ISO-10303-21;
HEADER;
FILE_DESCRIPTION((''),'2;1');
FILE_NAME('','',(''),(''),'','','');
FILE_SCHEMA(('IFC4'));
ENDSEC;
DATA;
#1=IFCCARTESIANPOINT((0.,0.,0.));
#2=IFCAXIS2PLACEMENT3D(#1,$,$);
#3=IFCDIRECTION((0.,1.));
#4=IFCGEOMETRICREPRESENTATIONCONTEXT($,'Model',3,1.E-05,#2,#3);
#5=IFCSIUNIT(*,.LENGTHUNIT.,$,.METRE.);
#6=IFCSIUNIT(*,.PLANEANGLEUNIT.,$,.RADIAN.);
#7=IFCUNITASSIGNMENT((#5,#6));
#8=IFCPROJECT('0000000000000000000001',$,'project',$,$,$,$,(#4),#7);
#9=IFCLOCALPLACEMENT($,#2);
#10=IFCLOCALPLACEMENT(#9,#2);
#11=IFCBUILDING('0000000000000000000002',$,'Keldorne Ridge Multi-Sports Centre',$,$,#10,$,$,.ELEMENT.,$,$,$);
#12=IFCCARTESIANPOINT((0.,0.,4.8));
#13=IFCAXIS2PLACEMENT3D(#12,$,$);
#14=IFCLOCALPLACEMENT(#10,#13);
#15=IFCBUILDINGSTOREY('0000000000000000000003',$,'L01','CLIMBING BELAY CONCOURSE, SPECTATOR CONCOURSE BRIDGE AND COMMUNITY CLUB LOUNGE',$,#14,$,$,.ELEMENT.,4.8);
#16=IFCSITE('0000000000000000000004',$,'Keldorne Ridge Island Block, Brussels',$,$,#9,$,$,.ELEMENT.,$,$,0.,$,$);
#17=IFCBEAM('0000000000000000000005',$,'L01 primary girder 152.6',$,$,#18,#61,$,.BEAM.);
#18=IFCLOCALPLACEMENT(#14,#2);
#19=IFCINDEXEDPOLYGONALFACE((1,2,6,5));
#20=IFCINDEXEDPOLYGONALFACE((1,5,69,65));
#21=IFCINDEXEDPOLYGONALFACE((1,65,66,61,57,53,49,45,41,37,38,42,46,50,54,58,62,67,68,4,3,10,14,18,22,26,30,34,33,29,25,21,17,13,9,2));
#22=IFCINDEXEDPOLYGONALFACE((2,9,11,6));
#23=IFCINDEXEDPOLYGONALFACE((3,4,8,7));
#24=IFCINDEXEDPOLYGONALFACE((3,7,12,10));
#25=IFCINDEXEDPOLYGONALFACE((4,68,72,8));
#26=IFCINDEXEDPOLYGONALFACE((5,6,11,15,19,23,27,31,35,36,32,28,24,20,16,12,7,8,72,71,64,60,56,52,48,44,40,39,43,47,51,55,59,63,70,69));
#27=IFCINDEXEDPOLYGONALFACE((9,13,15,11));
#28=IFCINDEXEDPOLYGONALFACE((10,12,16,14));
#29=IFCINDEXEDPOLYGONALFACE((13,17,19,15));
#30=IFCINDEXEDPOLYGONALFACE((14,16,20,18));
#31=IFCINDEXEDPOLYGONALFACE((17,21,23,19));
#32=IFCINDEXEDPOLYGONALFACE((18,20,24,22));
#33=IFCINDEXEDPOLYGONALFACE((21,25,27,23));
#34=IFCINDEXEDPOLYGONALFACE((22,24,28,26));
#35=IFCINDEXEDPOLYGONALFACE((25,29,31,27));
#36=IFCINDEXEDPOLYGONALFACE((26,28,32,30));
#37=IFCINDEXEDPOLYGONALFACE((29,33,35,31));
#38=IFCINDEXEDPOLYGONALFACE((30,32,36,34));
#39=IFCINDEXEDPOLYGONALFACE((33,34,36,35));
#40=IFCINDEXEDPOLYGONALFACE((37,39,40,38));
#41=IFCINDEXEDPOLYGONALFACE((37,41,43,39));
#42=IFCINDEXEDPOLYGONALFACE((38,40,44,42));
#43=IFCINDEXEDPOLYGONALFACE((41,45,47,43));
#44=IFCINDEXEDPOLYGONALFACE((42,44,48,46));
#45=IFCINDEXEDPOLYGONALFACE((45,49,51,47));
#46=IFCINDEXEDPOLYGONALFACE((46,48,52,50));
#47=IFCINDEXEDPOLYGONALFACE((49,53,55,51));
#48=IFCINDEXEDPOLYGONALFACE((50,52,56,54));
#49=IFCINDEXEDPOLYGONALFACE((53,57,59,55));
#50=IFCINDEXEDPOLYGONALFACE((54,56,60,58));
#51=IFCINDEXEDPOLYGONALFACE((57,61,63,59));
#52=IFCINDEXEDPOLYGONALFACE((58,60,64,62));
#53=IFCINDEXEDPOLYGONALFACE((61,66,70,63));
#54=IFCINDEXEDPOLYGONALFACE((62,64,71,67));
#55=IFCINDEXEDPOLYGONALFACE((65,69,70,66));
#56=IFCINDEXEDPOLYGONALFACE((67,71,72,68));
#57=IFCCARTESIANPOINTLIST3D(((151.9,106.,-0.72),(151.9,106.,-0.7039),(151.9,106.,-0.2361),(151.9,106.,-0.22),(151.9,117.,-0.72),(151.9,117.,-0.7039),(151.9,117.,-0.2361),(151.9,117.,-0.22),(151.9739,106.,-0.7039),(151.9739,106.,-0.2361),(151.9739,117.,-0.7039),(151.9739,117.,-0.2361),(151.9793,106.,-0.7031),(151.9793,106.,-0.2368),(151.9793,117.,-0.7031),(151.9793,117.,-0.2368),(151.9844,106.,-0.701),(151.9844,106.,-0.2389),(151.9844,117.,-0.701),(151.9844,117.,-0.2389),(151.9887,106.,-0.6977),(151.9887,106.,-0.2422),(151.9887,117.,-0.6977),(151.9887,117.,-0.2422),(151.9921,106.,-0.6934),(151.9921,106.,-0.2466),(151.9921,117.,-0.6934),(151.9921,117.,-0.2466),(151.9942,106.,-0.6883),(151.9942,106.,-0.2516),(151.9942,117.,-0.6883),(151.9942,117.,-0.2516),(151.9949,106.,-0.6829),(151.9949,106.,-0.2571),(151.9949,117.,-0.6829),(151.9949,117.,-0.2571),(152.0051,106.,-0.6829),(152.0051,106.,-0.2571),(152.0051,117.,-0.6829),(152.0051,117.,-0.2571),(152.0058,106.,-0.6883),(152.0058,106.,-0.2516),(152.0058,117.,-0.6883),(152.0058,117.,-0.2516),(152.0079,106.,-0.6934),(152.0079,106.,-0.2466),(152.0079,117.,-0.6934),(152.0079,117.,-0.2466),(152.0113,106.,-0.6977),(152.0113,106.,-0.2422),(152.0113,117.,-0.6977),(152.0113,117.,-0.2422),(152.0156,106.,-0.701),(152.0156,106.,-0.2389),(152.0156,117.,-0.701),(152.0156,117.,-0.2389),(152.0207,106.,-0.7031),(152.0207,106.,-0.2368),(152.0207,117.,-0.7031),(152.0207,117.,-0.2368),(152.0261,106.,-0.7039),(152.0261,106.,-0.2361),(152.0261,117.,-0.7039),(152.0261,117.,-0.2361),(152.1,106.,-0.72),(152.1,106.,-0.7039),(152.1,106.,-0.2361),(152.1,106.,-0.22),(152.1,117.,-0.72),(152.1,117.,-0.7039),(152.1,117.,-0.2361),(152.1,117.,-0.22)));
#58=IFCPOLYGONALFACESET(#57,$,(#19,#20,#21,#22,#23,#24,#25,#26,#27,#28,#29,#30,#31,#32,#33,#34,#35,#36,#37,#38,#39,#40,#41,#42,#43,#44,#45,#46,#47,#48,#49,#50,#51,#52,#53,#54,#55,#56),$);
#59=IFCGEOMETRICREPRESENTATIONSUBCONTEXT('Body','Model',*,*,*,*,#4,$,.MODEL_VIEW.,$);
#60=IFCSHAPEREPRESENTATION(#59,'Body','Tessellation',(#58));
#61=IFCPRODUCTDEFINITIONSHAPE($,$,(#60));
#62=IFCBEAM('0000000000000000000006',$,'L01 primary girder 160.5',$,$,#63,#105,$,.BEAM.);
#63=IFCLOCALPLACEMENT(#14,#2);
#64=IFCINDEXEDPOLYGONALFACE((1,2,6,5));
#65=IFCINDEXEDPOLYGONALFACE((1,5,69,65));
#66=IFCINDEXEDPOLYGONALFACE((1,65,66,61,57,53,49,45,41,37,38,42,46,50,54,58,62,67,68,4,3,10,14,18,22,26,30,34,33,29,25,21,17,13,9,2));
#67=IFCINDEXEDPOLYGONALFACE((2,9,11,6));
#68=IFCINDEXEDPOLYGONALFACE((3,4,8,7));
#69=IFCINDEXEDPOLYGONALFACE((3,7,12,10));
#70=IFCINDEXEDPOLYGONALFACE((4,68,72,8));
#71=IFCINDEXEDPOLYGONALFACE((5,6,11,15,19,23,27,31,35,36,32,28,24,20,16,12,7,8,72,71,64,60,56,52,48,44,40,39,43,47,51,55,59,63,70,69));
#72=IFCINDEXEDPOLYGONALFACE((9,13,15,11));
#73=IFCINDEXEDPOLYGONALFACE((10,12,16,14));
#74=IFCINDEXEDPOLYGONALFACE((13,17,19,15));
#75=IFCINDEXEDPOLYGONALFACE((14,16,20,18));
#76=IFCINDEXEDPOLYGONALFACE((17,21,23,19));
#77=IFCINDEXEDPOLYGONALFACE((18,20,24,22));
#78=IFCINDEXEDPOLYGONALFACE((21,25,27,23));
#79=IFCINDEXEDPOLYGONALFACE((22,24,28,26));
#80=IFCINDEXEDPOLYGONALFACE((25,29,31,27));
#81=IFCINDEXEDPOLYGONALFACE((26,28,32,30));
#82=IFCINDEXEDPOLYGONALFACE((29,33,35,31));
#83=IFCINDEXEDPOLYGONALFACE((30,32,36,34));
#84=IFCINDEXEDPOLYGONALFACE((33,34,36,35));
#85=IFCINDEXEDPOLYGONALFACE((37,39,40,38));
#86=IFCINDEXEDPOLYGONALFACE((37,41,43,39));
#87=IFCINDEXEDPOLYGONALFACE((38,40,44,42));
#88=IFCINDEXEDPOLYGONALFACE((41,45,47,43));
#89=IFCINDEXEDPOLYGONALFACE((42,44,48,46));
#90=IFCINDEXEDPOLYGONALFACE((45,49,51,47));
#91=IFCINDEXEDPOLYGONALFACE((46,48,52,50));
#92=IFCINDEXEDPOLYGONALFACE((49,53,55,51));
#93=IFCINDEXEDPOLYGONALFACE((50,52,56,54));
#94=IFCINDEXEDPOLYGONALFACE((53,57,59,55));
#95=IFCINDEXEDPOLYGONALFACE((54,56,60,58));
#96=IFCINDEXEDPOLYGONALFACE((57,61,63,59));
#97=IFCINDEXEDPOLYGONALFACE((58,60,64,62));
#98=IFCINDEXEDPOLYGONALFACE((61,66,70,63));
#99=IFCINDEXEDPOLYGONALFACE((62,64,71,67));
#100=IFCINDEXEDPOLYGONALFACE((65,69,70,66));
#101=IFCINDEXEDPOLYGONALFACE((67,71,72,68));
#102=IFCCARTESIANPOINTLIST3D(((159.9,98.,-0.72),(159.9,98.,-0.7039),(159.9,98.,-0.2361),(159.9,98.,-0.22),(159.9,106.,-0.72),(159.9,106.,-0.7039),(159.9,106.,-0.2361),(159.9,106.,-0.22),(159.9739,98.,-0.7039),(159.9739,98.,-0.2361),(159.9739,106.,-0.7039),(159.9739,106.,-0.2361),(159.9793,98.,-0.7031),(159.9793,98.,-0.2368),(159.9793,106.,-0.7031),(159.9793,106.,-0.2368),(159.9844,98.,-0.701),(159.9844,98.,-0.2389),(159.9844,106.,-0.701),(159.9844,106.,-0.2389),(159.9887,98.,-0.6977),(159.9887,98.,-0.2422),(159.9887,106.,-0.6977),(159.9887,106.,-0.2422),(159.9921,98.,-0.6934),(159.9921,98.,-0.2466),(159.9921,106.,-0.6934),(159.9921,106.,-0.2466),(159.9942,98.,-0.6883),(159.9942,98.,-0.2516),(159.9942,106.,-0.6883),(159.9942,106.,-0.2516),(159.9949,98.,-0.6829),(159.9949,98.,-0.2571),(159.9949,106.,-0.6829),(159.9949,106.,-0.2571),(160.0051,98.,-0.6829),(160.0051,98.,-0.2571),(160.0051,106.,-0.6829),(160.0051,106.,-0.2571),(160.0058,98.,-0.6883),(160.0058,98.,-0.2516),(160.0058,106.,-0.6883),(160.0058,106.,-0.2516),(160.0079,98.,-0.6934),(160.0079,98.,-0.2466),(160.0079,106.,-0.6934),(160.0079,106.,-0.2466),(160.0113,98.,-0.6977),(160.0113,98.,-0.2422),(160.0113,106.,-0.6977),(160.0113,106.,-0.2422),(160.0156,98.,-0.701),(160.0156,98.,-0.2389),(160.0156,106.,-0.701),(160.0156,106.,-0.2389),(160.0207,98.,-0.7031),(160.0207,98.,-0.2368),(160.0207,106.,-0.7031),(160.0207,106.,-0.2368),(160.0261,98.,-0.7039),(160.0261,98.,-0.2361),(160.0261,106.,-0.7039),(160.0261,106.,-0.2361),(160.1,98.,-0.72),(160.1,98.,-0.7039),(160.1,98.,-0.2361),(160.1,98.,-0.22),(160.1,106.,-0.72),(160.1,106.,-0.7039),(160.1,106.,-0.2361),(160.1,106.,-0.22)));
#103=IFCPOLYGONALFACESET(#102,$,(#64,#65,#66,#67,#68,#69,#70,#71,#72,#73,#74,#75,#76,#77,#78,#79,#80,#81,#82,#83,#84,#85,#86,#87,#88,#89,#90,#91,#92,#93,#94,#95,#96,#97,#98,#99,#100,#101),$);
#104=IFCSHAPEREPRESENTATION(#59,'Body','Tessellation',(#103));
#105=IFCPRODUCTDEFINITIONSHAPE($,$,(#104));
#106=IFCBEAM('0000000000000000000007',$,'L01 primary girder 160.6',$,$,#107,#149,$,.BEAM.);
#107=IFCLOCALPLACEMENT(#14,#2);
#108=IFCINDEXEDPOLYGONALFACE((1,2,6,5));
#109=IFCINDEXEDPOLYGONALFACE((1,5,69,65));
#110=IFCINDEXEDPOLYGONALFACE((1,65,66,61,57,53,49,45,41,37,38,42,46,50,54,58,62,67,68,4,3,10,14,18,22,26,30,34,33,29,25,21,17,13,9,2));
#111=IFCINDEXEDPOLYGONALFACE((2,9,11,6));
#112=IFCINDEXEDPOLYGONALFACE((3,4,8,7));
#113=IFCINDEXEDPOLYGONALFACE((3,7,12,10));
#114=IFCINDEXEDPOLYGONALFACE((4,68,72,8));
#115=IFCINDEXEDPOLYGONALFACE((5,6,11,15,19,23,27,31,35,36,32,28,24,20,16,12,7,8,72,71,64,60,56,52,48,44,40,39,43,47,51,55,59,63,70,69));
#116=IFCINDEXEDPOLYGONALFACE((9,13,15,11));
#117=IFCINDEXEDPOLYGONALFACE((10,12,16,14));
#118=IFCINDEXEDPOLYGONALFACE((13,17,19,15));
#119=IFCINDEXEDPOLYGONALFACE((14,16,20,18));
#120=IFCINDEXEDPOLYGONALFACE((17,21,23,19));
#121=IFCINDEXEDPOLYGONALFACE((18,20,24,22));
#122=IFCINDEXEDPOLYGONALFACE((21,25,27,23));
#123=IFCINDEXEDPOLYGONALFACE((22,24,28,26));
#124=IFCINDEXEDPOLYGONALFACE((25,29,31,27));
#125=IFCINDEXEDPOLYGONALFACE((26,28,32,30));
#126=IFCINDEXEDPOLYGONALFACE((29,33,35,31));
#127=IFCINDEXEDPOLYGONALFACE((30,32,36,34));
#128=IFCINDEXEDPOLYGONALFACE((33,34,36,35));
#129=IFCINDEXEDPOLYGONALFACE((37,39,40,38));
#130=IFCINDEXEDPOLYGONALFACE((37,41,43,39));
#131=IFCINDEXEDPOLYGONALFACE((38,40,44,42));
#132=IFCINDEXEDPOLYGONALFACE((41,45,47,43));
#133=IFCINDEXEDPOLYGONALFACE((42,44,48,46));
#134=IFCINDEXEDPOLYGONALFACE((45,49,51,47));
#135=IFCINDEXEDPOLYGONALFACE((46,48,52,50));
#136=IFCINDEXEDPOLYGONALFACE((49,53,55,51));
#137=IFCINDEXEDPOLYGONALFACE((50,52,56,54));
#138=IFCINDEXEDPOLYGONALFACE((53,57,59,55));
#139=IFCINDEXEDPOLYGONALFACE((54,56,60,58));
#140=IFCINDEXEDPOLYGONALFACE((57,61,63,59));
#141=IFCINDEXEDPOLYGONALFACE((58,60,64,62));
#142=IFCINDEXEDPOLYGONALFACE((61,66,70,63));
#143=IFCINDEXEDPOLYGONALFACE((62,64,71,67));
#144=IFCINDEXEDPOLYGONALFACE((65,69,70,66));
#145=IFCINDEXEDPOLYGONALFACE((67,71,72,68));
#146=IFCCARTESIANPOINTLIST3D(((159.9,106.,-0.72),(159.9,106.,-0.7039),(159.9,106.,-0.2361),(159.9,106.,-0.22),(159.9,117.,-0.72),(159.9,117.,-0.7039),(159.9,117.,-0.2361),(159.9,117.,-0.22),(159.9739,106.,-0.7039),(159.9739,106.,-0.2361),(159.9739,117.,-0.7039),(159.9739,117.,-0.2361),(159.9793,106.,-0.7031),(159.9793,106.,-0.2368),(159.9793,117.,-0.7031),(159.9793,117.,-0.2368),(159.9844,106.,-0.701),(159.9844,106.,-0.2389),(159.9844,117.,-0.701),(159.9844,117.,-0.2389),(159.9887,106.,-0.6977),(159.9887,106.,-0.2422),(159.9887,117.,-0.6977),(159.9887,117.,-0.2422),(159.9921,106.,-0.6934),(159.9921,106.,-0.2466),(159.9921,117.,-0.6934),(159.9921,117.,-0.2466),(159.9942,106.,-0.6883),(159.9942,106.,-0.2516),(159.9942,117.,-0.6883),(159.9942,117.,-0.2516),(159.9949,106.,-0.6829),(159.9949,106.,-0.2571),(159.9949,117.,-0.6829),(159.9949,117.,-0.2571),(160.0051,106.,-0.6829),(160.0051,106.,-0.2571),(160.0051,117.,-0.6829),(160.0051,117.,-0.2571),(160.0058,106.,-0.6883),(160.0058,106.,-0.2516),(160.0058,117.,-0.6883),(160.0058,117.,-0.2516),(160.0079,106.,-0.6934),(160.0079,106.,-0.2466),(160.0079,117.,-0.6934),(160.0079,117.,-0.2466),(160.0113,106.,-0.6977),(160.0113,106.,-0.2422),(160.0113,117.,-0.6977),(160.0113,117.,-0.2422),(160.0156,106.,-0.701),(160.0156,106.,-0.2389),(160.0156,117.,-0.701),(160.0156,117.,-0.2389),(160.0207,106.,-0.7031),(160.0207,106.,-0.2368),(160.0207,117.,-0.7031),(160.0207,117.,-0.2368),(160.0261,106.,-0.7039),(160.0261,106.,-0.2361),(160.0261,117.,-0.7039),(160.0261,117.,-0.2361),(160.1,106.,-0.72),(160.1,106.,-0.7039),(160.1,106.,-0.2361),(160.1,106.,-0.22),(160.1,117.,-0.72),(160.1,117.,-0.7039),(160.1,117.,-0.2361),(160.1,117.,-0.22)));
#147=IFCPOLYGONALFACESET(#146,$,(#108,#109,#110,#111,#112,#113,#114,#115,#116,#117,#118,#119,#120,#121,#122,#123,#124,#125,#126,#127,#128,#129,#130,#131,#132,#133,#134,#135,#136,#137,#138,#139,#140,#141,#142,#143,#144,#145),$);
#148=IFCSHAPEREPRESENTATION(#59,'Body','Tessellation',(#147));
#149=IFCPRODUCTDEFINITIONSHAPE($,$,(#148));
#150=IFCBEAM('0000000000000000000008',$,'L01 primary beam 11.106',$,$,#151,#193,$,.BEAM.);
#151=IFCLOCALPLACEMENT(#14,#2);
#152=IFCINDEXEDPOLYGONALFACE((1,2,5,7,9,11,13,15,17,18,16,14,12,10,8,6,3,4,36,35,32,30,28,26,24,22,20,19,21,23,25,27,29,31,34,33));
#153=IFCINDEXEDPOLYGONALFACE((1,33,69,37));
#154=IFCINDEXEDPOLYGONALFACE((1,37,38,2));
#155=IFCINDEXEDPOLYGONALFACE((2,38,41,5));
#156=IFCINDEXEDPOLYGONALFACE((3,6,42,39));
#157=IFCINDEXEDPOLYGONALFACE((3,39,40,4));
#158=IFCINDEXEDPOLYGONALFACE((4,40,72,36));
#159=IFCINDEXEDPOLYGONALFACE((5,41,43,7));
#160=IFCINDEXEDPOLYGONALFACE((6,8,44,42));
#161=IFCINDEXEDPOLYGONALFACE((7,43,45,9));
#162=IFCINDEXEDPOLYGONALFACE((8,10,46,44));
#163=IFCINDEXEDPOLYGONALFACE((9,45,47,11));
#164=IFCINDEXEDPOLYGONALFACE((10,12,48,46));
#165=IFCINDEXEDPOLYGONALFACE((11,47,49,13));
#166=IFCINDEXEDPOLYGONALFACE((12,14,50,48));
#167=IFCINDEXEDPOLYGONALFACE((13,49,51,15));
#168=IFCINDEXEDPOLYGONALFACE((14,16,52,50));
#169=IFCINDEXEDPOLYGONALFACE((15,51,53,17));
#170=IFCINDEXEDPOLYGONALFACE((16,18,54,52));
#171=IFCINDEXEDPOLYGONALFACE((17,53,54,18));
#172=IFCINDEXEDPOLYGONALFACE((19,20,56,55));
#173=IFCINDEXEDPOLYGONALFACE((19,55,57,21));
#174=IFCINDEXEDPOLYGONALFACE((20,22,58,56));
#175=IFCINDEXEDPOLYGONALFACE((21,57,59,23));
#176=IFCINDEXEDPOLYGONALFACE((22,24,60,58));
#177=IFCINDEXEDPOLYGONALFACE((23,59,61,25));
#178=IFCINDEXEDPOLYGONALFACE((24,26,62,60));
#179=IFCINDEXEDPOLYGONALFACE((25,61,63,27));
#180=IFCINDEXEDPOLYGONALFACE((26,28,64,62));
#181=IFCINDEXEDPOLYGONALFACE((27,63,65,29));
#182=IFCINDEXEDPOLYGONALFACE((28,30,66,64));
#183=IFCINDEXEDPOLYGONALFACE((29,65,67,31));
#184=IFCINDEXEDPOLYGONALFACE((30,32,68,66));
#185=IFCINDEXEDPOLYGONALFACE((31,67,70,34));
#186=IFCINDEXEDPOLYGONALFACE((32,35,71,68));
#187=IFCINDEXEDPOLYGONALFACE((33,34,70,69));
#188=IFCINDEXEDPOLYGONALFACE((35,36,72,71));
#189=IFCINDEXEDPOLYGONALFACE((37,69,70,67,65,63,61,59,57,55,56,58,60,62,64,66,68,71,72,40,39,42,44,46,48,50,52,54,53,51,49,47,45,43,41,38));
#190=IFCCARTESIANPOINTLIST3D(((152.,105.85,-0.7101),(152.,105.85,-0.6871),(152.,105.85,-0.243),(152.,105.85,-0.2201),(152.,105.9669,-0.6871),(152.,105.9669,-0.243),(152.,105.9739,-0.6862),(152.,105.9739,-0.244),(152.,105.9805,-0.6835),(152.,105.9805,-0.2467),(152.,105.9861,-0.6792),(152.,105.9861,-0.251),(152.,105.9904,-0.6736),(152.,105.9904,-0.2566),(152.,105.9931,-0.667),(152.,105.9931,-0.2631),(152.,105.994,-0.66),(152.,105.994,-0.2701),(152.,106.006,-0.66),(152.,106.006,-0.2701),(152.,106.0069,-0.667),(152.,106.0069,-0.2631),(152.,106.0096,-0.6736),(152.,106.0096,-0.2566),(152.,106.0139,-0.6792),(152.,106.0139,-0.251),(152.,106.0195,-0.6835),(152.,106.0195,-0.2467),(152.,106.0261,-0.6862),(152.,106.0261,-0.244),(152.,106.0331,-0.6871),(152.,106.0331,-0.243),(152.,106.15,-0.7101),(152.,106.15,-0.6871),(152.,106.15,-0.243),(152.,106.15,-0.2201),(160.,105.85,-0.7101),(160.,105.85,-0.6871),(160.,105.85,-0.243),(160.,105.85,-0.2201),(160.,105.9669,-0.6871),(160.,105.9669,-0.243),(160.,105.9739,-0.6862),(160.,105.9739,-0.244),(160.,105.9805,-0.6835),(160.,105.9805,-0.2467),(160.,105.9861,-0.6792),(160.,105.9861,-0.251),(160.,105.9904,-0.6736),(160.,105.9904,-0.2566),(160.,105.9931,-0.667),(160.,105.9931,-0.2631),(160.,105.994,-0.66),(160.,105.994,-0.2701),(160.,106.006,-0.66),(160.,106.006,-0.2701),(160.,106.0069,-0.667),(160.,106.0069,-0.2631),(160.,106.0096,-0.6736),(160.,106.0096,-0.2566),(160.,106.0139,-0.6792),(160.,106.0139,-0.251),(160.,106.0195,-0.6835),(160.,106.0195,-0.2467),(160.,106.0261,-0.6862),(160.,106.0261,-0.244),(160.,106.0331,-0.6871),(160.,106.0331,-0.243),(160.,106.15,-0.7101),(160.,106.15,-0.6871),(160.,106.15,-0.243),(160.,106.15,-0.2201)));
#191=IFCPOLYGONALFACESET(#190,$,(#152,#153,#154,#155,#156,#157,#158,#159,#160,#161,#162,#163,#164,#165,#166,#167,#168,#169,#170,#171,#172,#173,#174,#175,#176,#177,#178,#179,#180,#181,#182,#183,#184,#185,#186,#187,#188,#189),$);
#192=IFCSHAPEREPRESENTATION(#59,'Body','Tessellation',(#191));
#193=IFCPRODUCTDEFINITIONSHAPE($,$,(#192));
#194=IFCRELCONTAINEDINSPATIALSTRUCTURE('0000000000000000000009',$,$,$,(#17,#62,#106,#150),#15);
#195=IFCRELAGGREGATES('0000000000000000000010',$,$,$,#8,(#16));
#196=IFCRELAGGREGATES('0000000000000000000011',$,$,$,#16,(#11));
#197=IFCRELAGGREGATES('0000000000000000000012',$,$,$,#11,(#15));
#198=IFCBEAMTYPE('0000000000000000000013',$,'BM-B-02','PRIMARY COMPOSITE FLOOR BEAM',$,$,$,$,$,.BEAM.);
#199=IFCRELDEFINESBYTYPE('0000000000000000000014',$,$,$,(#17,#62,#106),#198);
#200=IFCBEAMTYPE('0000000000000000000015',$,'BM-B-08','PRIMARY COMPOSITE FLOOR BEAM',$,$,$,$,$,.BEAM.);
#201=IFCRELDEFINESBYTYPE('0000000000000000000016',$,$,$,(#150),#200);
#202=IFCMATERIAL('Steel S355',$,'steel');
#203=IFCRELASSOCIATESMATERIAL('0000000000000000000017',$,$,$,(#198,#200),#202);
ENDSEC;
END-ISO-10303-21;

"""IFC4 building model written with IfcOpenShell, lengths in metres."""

from ifc_helpers import new_model, si_unit, direction, frame, origin, origin_2d, place, context, subcontext, project, spatial, i_section, extrude, material, material_profile, profile_set, type_object, element, save


model = new_model("IFC4")

# Units and contexts
model_context = context("Model", 3, precision=1e-05, world=origin(), true_north=direction((0.0, 1.0)))
body_context = subcontext(model_context, "Body", "Model", "MODEL_VIEW")
ifc_project = project(units=[si_unit("LENGTHUNIT", "METRE"), si_unit("PLANEANGLEUNIT", "RADIAN")], contexts=[model_context])

# Site, building, storey
site_placement = place(None, origin())
site = spatial("IfcSite", under=ifc_project, at=site_placement, Name="Keldorne Ridge Island Block, Brussels", CompositionType="ELEMENT", RefElevation=0.0)
building_placement = place(site_placement, origin())
building = spatial("IfcBuilding", under=site, at=building_placement, Name="Keldorne Ridge Multi-Sports Centre", CompositionType="ELEMENT")
storey_placement = place(building_placement, frame((0.0, 0.0, 4.8)))
storey = spatial("IfcBuildingStorey", under=building, at=storey_placement, Name="L01", Description="CLIMBING BELAY CONCOURSE, SPECTATOR CONCOURSE BRIDGE AND COMMUNITY CLUB LOUNGE", CompositionType="ELEMENT", Elevation=4.8)

# Shared definitions
ifc_material_1 = material(Name="Steel S355", Category="steel")

# Beams
ifc_material_profile_1 = material_profile(ifc_material_1, i_section(OverallWidth=0.2, OverallDepth=0.5, WebThickness=0.0103, FlangeThickness=0.0161, FilletRadius=0.021, at=origin_2d()), Name="IPE 500")
ifc_profile_set_1 = profile_set([ifc_material_profile_1], Name="Steel S355")
beam_type_1 = type_object("IfcBeamType", Name="BM-B-02", Description="PRIMARY COMPOSITE FLOOR BEAM", PredefinedType="BEAM", material=ifc_profile_set_1)
beam_1_placement = place(storey_placement, frame((152.0, 106.0, -0.47), z_axis=(0.0, 1.0, 0.0), x_axis=(-1.0, 0.0, 0.0)))
element("IfcBeam", 1, at=beam_1_placement, inside=storey, type_object=beam_type_1, Name="L01 primary girder 152.6", PredefinedType="BEAM", context=body_context, shape_type="SweptSolid", body=[
    extrude(i_section(OverallWidth=0.2, OverallDepth=0.5, WebThickness=0.0103, FlangeThickness=0.0161, FilletRadius=0.021, at=origin_2d()), origin(), (0.0, 0.0, 1.0), 11.0),
])
beam_2_placement = place(storey_placement, frame((160.0, 98.0, -0.47), z_axis=(0.0, 1.0, 0.0), x_axis=(-1.0, 0.0, 0.0)))
element("IfcBeam", 2, at=beam_2_placement, inside=storey, type_object=beam_type_1, Name="L01 primary girder 160.5", PredefinedType="BEAM", context=body_context, shape_type="SweptSolid", body=[
    extrude(i_section(OverallWidth=0.2, OverallDepth=0.5, WebThickness=0.0103, FlangeThickness=0.0161, FilletRadius=0.021, at=origin_2d()), origin(), (0.0, 0.0, 1.0), 8.0),
])
beam_3_placement = place(storey_placement, frame((160.0, 106.0, -0.47), z_axis=(0.0, 1.0, 0.0), x_axis=(-1.0, 0.0, 0.0)))
element("IfcBeam", 3, at=beam_3_placement, inside=storey, type_object=beam_type_1, Name="L01 primary girder 160.6", PredefinedType="BEAM", context=body_context, shape_type="SweptSolid", body=[
    extrude(i_section(OverallWidth=0.2, OverallDepth=0.5, WebThickness=0.0103, FlangeThickness=0.0161, FilletRadius=0.021, at=origin_2d()), origin(), (0.0, 0.0, 1.0), 11.0),
])
ifc_material_profile_2 = material_profile(ifc_material_1, i_section(OverallWidth=0.3, OverallDepth=0.49, WebThickness=0.012, FlangeThickness=0.0229, FilletRadius=0.0271, at=origin_2d()), Name="HEA 500")
ifc_profile_set_2 = profile_set([ifc_material_profile_2], Name="Steel S355")
beam_type_2 = type_object("IfcBeamType", Name="BM-B-08", Description="PRIMARY COMPOSITE FLOOR BEAM", PredefinedType="BEAM", material=ifc_profile_set_2)
beam_4_placement = place(storey_placement, frame((152.0, 106.0, -0.4651), z_axis=(1.0, 0.0, 0.0), x_axis=(0.0, 1.0, 0.0)))
element("IfcBeam", 4, at=beam_4_placement, inside=storey, type_object=beam_type_2, Name="L01 primary beam 11.106", PredefinedType="BEAM", context=body_context, shape_type="SweptSolid", body=[
    extrude(i_section(OverallWidth=0.3, OverallDepth=0.49, WebThickness=0.012, FlangeThickness=0.0229, FilletRadius=0.0271, at=origin_2d()), origin(), (0.0, 0.0, 1.0), 8.0),
])

save(model, "model.ifc")
